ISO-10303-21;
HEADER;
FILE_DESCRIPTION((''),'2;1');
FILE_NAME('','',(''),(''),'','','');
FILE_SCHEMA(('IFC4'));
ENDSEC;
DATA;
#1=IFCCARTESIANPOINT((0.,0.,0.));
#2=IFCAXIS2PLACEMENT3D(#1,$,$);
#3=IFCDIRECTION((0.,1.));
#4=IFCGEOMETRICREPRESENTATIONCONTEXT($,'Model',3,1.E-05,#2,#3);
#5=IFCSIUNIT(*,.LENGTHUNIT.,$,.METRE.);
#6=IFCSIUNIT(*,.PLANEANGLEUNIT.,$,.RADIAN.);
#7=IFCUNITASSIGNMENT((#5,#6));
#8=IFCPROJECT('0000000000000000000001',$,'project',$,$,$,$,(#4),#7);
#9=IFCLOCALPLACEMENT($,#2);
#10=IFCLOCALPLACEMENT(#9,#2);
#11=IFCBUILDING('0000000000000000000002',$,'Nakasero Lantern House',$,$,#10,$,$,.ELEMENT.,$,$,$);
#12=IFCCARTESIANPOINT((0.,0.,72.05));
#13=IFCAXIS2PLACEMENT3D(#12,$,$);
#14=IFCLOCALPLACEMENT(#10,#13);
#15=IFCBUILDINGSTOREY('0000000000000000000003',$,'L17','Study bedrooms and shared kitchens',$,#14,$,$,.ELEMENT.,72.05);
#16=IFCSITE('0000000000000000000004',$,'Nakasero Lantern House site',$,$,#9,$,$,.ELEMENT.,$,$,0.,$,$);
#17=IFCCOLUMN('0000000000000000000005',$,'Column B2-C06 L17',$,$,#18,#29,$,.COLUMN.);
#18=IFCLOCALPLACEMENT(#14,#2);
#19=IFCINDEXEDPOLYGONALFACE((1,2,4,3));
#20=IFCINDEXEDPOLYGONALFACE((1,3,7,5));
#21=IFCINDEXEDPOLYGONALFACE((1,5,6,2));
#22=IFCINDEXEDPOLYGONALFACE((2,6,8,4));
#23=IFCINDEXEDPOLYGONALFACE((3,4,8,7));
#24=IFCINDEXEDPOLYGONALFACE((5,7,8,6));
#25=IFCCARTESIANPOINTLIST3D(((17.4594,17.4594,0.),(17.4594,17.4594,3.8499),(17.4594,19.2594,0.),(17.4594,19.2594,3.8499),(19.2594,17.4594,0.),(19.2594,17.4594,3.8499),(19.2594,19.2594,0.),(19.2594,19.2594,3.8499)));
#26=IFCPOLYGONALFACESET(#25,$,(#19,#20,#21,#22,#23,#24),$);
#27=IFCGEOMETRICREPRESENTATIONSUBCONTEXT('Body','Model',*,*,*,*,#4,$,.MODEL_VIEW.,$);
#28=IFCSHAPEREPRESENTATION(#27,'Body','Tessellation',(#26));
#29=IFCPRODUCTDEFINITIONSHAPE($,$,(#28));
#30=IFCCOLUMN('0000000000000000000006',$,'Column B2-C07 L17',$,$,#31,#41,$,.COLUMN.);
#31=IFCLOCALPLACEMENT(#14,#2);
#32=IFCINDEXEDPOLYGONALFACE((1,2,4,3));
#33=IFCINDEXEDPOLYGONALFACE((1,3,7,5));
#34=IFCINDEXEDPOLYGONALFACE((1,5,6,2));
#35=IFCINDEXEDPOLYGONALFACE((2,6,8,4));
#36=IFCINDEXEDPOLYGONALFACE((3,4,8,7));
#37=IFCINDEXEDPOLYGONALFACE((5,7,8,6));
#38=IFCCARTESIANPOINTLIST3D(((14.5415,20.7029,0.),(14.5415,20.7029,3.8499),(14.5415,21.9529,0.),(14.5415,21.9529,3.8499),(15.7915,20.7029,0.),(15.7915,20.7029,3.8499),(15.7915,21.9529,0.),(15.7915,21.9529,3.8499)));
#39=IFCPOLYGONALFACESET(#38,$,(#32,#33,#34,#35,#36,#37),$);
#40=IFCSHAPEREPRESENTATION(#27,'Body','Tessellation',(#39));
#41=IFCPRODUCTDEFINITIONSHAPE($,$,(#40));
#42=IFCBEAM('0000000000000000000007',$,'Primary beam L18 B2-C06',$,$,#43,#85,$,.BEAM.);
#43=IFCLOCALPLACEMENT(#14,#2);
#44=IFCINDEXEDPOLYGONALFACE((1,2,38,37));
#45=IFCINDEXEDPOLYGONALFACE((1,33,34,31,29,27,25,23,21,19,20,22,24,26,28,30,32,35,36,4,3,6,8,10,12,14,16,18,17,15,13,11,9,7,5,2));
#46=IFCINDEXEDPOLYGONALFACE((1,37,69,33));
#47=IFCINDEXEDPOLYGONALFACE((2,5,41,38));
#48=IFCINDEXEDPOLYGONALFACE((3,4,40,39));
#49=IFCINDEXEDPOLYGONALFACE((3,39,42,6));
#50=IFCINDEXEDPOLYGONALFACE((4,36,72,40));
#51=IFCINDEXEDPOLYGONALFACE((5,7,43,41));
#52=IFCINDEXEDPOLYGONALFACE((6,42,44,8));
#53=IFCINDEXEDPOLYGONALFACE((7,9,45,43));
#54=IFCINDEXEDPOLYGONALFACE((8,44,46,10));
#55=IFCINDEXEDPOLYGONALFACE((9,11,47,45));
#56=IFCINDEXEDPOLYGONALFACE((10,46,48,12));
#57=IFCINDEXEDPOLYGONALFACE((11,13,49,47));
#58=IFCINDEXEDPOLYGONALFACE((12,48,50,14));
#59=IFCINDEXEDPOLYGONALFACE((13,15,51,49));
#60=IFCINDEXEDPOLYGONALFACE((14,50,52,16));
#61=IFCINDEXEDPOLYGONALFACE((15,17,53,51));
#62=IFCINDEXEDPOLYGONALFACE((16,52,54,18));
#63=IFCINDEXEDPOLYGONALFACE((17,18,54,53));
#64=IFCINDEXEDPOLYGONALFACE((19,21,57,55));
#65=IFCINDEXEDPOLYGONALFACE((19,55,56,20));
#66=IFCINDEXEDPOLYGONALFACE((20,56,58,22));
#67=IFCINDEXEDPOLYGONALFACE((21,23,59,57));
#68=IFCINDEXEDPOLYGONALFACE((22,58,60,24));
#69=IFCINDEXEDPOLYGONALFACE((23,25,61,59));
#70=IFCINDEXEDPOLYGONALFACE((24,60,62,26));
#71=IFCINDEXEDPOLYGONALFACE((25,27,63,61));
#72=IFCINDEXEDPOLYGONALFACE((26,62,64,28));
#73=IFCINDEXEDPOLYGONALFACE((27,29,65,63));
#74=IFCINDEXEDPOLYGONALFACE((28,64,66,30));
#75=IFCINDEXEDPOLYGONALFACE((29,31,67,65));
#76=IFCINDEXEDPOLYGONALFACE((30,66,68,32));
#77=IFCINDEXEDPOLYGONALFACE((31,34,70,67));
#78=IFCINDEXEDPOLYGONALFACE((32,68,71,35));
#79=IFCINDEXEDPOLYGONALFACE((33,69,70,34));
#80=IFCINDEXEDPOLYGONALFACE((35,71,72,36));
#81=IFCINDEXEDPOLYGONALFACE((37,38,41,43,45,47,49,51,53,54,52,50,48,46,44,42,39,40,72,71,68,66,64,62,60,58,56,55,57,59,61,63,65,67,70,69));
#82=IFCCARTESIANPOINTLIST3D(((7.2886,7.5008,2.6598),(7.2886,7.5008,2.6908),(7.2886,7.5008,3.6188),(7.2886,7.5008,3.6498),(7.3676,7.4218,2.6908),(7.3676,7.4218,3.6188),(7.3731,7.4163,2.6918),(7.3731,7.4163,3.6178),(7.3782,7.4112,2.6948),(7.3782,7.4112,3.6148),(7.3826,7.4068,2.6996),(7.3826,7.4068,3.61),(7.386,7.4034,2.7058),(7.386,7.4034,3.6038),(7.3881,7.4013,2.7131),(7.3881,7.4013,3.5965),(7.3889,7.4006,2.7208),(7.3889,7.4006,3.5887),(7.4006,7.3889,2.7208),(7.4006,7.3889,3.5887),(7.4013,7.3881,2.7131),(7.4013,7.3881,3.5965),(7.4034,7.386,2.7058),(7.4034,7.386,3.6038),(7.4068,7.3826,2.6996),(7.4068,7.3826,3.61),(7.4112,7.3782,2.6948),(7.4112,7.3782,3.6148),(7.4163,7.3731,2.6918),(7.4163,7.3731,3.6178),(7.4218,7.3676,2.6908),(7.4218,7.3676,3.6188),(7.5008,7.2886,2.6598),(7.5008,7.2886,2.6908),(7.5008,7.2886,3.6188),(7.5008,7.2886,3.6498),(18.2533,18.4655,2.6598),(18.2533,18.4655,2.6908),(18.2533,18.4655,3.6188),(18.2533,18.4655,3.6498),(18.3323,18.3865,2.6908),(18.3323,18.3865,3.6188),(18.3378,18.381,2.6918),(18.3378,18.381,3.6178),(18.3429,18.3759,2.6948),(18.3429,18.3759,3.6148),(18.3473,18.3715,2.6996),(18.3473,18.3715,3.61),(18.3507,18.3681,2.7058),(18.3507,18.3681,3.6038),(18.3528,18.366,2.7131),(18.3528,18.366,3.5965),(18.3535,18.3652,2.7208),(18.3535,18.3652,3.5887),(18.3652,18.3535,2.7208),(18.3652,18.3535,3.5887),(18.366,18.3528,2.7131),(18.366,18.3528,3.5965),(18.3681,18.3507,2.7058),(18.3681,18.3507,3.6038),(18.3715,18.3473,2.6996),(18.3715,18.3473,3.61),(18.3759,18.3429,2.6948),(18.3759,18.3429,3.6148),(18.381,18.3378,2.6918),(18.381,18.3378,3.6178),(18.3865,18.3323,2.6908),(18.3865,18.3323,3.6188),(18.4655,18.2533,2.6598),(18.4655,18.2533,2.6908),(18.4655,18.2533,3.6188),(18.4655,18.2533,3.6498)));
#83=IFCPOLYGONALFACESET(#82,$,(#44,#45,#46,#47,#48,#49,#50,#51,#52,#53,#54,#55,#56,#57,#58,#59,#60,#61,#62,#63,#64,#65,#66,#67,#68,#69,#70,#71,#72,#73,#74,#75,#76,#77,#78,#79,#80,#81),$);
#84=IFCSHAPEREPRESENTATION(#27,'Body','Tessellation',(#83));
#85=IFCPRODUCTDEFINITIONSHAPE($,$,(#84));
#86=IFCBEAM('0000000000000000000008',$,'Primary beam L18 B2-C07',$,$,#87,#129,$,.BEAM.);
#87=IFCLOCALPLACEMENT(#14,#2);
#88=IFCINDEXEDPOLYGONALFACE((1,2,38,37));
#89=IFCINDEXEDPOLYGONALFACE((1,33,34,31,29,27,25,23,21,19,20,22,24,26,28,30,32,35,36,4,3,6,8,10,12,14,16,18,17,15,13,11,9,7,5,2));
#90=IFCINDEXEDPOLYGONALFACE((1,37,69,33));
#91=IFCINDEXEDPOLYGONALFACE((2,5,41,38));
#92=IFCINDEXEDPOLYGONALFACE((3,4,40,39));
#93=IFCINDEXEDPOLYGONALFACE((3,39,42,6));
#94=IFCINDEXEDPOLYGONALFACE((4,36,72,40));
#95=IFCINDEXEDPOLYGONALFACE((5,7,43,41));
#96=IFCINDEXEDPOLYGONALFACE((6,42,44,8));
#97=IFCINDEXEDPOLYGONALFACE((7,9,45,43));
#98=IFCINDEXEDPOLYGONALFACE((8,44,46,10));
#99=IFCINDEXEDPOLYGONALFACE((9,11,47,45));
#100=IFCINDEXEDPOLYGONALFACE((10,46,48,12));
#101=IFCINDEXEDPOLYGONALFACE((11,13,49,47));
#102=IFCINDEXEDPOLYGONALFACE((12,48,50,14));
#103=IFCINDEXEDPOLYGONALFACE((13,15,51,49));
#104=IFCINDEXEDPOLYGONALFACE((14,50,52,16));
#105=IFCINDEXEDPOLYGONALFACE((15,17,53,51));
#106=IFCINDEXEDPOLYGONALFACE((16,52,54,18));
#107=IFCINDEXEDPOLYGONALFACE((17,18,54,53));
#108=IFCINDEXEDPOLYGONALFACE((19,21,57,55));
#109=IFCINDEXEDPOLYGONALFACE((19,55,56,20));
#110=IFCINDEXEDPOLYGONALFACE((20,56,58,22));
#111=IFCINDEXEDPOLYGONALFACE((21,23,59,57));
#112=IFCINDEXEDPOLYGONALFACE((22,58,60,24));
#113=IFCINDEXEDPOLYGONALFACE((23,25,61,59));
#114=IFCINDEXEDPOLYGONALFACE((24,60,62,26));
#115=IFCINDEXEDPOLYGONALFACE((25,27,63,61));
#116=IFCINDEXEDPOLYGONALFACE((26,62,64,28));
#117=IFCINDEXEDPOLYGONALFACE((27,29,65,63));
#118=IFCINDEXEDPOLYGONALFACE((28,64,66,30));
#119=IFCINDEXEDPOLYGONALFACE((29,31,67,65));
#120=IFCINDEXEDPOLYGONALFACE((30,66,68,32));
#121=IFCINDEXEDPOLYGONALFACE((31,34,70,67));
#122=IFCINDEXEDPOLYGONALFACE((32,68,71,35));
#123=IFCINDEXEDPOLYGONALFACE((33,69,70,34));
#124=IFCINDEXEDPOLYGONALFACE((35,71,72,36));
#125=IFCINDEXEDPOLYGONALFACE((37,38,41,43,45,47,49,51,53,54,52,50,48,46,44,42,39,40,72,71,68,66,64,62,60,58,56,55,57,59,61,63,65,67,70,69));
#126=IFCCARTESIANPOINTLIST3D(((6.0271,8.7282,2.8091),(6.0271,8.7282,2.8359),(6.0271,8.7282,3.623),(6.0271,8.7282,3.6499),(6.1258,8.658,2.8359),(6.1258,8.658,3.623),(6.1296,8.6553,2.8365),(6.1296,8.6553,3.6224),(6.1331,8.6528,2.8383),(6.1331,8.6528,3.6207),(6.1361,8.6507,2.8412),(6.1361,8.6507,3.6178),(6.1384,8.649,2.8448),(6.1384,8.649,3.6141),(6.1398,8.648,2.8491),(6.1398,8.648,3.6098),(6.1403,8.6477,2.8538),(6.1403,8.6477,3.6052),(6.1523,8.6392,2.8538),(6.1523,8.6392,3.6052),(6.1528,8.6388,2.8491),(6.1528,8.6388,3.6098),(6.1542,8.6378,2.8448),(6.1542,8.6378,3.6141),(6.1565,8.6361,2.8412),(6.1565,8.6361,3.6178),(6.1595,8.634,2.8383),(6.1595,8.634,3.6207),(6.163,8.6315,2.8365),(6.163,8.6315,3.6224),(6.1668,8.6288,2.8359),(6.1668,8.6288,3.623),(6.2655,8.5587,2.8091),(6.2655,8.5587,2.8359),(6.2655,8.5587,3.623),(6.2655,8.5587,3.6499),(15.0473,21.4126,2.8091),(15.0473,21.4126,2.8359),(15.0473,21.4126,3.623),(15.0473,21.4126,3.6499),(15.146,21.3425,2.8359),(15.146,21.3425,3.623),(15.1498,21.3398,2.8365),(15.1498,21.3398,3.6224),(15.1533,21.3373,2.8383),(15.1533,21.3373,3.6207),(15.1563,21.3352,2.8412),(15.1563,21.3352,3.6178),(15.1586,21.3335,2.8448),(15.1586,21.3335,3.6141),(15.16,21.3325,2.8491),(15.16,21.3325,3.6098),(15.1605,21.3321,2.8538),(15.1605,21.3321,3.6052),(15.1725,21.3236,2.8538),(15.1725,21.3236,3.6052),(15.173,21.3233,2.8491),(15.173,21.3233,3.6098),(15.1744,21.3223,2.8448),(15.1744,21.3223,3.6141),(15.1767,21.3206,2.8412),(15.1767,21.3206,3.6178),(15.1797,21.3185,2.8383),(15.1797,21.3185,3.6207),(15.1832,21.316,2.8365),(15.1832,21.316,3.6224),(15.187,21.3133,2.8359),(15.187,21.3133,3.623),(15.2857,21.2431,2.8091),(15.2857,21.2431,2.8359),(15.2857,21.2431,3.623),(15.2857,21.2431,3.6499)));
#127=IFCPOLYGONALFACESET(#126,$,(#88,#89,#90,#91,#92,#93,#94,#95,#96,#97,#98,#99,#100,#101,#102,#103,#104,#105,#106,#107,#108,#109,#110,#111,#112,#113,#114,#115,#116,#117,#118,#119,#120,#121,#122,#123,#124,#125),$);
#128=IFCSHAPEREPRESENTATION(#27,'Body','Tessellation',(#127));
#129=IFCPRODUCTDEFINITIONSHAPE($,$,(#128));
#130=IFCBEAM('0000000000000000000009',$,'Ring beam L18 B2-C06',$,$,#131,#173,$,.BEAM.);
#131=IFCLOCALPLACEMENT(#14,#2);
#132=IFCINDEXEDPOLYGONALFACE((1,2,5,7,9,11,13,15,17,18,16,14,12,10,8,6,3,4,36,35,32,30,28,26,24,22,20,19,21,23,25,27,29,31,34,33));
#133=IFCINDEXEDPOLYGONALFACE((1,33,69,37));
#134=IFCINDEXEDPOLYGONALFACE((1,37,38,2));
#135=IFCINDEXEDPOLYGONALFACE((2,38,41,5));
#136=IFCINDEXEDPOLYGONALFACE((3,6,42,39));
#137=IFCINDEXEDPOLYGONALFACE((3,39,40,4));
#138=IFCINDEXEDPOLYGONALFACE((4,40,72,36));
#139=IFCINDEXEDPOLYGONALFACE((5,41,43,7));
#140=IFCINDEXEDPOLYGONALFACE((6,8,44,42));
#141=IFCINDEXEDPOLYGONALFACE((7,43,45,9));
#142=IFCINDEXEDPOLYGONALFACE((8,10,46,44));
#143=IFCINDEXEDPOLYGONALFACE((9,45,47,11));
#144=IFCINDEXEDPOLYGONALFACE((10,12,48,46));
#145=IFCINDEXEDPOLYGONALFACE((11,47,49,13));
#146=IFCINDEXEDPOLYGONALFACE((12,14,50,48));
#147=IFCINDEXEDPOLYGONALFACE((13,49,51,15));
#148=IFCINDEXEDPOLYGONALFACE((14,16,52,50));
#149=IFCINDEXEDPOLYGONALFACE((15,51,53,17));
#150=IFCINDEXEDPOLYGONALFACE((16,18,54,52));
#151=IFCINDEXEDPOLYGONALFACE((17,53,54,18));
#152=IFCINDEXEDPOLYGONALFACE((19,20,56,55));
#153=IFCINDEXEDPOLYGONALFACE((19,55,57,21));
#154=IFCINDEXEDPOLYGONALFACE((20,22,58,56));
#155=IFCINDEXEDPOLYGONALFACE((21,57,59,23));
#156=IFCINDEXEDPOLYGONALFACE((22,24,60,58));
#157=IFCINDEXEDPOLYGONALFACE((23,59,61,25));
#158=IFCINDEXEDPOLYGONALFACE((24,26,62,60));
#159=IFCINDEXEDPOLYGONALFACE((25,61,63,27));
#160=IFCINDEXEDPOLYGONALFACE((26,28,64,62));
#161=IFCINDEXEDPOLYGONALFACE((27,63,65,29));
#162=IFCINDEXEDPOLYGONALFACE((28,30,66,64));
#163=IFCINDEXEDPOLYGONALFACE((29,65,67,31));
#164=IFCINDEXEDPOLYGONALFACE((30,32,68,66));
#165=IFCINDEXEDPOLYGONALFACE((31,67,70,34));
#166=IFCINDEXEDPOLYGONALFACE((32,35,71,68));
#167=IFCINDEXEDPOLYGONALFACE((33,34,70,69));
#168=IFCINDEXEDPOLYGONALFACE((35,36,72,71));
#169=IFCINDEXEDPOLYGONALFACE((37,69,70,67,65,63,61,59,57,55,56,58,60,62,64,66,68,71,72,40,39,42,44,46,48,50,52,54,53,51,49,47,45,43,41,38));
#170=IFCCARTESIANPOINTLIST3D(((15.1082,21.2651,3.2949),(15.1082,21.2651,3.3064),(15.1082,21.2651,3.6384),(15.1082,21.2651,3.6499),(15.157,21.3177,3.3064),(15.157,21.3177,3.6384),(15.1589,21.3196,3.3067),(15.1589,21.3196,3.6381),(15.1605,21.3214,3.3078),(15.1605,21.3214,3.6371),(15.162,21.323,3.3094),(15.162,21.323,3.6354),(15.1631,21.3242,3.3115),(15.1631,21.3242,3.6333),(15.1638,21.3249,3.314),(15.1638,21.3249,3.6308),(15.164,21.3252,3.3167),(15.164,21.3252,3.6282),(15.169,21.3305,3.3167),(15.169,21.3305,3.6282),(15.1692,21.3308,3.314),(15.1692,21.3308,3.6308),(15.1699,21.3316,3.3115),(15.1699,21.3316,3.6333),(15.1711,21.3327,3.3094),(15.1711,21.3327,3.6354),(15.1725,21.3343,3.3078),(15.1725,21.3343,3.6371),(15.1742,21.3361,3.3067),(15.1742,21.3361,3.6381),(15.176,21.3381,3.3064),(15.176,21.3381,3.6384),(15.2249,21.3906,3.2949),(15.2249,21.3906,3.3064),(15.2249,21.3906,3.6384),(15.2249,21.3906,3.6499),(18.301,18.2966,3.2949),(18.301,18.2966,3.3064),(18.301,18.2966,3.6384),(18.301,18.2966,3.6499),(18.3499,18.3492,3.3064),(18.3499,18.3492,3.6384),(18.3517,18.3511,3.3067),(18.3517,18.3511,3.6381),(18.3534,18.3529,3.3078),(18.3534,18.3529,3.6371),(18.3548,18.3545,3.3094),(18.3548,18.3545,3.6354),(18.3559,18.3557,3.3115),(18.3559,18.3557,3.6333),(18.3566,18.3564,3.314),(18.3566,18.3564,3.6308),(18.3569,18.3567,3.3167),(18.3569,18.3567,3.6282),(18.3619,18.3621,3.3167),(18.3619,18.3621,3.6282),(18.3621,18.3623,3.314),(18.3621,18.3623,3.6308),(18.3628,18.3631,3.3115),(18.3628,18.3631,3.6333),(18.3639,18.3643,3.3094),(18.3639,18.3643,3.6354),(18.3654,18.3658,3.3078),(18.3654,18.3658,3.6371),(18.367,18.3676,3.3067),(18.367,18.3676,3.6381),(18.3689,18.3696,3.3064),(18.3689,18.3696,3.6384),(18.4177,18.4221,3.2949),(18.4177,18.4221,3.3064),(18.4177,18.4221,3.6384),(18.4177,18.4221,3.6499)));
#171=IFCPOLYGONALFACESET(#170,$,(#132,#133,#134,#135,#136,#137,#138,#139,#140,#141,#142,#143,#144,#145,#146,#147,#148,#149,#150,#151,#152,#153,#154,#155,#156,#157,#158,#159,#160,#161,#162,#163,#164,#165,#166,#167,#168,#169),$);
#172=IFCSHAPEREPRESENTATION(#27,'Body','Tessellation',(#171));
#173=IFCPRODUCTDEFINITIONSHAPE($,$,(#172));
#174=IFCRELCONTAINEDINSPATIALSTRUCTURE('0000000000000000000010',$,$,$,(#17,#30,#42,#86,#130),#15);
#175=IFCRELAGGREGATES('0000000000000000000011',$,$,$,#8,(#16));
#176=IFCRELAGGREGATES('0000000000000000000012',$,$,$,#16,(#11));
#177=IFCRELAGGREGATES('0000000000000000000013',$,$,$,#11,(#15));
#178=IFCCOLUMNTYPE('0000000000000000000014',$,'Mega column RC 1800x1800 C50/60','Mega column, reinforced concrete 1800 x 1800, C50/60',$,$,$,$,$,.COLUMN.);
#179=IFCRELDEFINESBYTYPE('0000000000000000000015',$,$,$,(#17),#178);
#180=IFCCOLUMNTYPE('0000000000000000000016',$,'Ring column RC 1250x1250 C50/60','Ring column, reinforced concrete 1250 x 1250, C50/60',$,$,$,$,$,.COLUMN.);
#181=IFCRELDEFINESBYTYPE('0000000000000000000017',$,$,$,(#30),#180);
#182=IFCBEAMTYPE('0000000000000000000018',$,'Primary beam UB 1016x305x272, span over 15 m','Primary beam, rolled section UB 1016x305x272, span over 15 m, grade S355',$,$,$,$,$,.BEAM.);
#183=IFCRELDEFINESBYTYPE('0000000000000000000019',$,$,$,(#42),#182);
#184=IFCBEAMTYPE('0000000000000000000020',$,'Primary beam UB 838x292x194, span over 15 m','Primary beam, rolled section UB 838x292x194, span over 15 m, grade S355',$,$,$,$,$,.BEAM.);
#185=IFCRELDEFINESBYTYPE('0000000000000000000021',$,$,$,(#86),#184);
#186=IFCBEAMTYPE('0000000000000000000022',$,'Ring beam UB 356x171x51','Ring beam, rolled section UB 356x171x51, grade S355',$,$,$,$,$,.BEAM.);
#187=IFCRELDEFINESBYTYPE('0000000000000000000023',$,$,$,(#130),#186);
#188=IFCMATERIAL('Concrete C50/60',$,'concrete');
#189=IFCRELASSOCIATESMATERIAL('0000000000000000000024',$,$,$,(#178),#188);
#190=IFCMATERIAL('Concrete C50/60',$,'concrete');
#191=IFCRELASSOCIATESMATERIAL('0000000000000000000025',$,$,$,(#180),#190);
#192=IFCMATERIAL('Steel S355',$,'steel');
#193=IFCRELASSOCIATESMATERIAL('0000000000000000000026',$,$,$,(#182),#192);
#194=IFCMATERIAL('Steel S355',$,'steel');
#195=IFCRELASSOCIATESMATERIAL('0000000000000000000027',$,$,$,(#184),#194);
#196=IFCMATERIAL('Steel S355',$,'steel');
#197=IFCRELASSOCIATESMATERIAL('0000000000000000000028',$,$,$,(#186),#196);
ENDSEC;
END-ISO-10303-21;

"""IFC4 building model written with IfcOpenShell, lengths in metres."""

from ifc_helpers import new_model, si_unit, direction, frame, origin, origin_2d, place, context, subcontext, project, spatial, rectangle, i_section, extrude, material, material_profile, profile_set, type_object, element, save


model = new_model("IFC4")

# Units and contexts
model_context = context("Model", 3, precision=1e-05, world=origin(), true_north=direction((0.0, 1.0)))
body_context = subcontext(model_context, "Body", "Model", "MODEL_VIEW")
ifc_project = project(units=[si_unit("LENGTHUNIT", "METRE"), si_unit("PLANEANGLEUNIT", "RADIAN")], contexts=[model_context])

# Site, building, storey
site_placement = place(None, origin())
site = spatial("IfcSite", under=ifc_project, at=site_placement, Name="Nakasero Lantern House site", CompositionType="ELEMENT", RefElevation=0.0)
building_placement = place(site_placement, origin())
building = spatial("IfcBuilding", under=site, at=building_placement, Name="Nakasero Lantern House", CompositionType="ELEMENT")
storey_placement = place(building_placement, frame((0.0, 0.0, 72.05)))
storey = spatial("IfcBuildingStorey", under=building, at=storey_placement, Name="L17", Description="Study bedrooms and shared kitchens", CompositionType="ELEMENT", Elevation=72.05)

# Columns
ifc_material_1 = material(Name="Concrete C50/60", Category="concrete")
ifc_material_profile_1 = material_profile(ifc_material_1, rectangle(XDim=1.8, YDim=1.8, at=origin_2d()), Name="RC 1800x1800")
ifc_profile_set_1 = profile_set([ifc_material_profile_1], Name="Concrete C50/60")
column_type_1 = type_object("IfcColumnType", Name="Mega column RC 1800x1800 C50/60", Description="Mega column, reinforced concrete 1800 x 1800, C50/60", PredefinedType="COLUMN", material=ifc_profile_set_1)
column_1_placement = place(storey_placement, frame((18.3594, 18.3594, 0.0), z_axis=(0.0, 0.0, 1.0), x_axis=(1.0, 0.0, 0.0)))
element("IfcColumn", 1, at=column_1_placement, inside=storey, type_object=column_type_1, Name="Column B2-C06 L17", PredefinedType="COLUMN", context=body_context, shape_type="SweptSolid", body=[
    extrude(rectangle(XDim=1.8, YDim=1.8, at=origin_2d()), origin(), (0.0, 0.0, 1.0), 3.8499),
])
ifc_material_2 = material(Name="Concrete C50/60", Category="concrete")
ifc_material_profile_2 = material_profile(ifc_material_2, rectangle(XDim=1.25, YDim=1.25, at=origin_2d()), Name="RC 1250x1250")
ifc_profile_set_2 = profile_set([ifc_material_profile_2], Name="Concrete C50/60")
column_type_2 = type_object("IfcColumnType", Name="Ring column RC 1250x1250 C50/60", Description="Ring column, reinforced concrete 1250 x 1250, C50/60", PredefinedType="COLUMN", material=ifc_profile_set_2)
column_2_placement = place(storey_placement, frame((15.1665, 21.3279, 0.0), z_axis=(0.0, 0.0, 1.0), x_axis=(1.0, 0.0, 0.0)))
element("IfcColumn", 2, at=column_2_placement, inside=storey, type_object=column_type_2, Name="Column B2-C07 L17", PredefinedType="COLUMN", context=body_context, shape_type="SweptSolid", body=[
    extrude(rectangle(XDim=1.25, YDim=1.25, at=origin_2d()), origin(), (0.0, 0.0, 1.0), 3.8499),
])

# Beams
ifc_material_3 = material(Name="Steel S355", Category="steel")
ifc_material_profile_3 = material_profile(ifc_material_3, i_section(OverallWidth=0.3, OverallDepth=0.99, WebThickness=0.0166, FlangeThickness=0.031, FilletRadius=0.03, at=origin_2d()), Name="UB 1016x305x272")
ifc_profile_set_3 = profile_set([ifc_material_profile_3], Name="Steel S355")
beam_type_1 = type_object("IfcBeamType", Name="Primary beam UB 1016x305x272, span over 15 m", Description="Primary beam, rolled section UB 1016x305x272, span over 15 m, grade S355", PredefinedType="BEAM", material=ifc_profile_set_3)
beam_1_placement = place(storey_placement, frame((18.3594, 18.3594, 3.1548), z_axis=(-0.707107, -0.707107, 0.0), x_axis=(0.707107, -0.707107, 0.0)))
element("IfcBeam", 3, at=beam_1_placement, inside=storey, type_object=beam_type_1, Name="Primary beam L18 B2-C06", PredefinedType="BEAM", context=body_context, shape_type="SweptSolid", body=[
    extrude(i_section(OverallWidth=0.3, OverallDepth=0.99, WebThickness=0.0166, FlangeThickness=0.031, FilletRadius=0.03, at=origin_2d()), origin(), (0.0, 0.0, 1.0), 15.5063),
])
ifc_material_4 = material(Name="Steel S355", Category="steel")
ifc_material_profile_4 = material_profile(ifc_material_4, i_section(OverallWidth=0.2925, OverallDepth=0.8408, WebThickness=0.0146, FlangeThickness=0.0269, FilletRadius=0.0178, at=origin_2d()), Name="UB 838x292x194")
ifc_profile_set_4 = profile_set([ifc_material_profile_4], Name="Steel S355")
beam_type_2 = type_object("IfcBeamType", Name="Primary beam UB 838x292x194, span over 15 m", Description="Primary beam, rolled section UB 838x292x194, span over 15 m, grade S355", PredefinedType="BEAM", material=ifc_profile_set_4)
beam_2_placement = place(storey_placement, frame((15.1665, 21.3279, 3.2295), z_axis=(-0.579529, -0.814952, 0.0), x_axis=(0.814952, -0.579529, 0.0)))
element("IfcBeam", 4, at=beam_2_placement, inside=storey, type_object=beam_type_2, Name="Primary beam L18 B2-C07", PredefinedType="BEAM", context=body_context, shape_type="SweptSolid", body=[
    extrude(i_section(OverallWidth=0.2925, OverallDepth=0.8408, WebThickness=0.0146, FlangeThickness=0.0269, FilletRadius=0.0178, at=origin_2d()), origin(), (0.0, 0.0, 1.0), 15.5647),
])
ifc_material_5 = material(Name="Steel S355", Category="steel")
ifc_material_profile_5 = material_profile(ifc_material_5, i_section(OverallWidth=0.1714, OverallDepth=0.355, WebThickness=0.0073, FlangeThickness=0.0115, FilletRadius=0.0103, at=origin_2d()), Name="UB 356x171x51")
ifc_profile_set_5 = profile_set([ifc_material_profile_5], Name="Steel S355")
beam_type_3 = type_object("IfcBeamType", Name="Ring beam UB 356x171x51", Description="Ring beam, rolled section UB 356x171x51, grade S355", PredefinedType="BEAM", material=ifc_profile_set_5)
beam_3_placement = place(storey_placement, frame((18.3594, 18.3594, 3.4724), z_axis=(-0.732371, 0.680906, 0.0), x_axis=(-0.680906, -0.732371, 0.0)))
element("IfcBeam", 5, at=beam_3_placement, inside=storey, type_object=beam_type_3, Name="Ring beam L18 B2-C06", PredefinedType="BEAM", context=body_context, shape_type="SweptSolid", body=[
    extrude(i_section(OverallWidth=0.1714, OverallDepth=0.355, WebThickness=0.0073, FlangeThickness=0.0115, FilletRadius=0.0103, at=origin_2d()), origin(), (0.0, 0.0, 1.0), 4.3596),
])

save(model, "model.ifc")
